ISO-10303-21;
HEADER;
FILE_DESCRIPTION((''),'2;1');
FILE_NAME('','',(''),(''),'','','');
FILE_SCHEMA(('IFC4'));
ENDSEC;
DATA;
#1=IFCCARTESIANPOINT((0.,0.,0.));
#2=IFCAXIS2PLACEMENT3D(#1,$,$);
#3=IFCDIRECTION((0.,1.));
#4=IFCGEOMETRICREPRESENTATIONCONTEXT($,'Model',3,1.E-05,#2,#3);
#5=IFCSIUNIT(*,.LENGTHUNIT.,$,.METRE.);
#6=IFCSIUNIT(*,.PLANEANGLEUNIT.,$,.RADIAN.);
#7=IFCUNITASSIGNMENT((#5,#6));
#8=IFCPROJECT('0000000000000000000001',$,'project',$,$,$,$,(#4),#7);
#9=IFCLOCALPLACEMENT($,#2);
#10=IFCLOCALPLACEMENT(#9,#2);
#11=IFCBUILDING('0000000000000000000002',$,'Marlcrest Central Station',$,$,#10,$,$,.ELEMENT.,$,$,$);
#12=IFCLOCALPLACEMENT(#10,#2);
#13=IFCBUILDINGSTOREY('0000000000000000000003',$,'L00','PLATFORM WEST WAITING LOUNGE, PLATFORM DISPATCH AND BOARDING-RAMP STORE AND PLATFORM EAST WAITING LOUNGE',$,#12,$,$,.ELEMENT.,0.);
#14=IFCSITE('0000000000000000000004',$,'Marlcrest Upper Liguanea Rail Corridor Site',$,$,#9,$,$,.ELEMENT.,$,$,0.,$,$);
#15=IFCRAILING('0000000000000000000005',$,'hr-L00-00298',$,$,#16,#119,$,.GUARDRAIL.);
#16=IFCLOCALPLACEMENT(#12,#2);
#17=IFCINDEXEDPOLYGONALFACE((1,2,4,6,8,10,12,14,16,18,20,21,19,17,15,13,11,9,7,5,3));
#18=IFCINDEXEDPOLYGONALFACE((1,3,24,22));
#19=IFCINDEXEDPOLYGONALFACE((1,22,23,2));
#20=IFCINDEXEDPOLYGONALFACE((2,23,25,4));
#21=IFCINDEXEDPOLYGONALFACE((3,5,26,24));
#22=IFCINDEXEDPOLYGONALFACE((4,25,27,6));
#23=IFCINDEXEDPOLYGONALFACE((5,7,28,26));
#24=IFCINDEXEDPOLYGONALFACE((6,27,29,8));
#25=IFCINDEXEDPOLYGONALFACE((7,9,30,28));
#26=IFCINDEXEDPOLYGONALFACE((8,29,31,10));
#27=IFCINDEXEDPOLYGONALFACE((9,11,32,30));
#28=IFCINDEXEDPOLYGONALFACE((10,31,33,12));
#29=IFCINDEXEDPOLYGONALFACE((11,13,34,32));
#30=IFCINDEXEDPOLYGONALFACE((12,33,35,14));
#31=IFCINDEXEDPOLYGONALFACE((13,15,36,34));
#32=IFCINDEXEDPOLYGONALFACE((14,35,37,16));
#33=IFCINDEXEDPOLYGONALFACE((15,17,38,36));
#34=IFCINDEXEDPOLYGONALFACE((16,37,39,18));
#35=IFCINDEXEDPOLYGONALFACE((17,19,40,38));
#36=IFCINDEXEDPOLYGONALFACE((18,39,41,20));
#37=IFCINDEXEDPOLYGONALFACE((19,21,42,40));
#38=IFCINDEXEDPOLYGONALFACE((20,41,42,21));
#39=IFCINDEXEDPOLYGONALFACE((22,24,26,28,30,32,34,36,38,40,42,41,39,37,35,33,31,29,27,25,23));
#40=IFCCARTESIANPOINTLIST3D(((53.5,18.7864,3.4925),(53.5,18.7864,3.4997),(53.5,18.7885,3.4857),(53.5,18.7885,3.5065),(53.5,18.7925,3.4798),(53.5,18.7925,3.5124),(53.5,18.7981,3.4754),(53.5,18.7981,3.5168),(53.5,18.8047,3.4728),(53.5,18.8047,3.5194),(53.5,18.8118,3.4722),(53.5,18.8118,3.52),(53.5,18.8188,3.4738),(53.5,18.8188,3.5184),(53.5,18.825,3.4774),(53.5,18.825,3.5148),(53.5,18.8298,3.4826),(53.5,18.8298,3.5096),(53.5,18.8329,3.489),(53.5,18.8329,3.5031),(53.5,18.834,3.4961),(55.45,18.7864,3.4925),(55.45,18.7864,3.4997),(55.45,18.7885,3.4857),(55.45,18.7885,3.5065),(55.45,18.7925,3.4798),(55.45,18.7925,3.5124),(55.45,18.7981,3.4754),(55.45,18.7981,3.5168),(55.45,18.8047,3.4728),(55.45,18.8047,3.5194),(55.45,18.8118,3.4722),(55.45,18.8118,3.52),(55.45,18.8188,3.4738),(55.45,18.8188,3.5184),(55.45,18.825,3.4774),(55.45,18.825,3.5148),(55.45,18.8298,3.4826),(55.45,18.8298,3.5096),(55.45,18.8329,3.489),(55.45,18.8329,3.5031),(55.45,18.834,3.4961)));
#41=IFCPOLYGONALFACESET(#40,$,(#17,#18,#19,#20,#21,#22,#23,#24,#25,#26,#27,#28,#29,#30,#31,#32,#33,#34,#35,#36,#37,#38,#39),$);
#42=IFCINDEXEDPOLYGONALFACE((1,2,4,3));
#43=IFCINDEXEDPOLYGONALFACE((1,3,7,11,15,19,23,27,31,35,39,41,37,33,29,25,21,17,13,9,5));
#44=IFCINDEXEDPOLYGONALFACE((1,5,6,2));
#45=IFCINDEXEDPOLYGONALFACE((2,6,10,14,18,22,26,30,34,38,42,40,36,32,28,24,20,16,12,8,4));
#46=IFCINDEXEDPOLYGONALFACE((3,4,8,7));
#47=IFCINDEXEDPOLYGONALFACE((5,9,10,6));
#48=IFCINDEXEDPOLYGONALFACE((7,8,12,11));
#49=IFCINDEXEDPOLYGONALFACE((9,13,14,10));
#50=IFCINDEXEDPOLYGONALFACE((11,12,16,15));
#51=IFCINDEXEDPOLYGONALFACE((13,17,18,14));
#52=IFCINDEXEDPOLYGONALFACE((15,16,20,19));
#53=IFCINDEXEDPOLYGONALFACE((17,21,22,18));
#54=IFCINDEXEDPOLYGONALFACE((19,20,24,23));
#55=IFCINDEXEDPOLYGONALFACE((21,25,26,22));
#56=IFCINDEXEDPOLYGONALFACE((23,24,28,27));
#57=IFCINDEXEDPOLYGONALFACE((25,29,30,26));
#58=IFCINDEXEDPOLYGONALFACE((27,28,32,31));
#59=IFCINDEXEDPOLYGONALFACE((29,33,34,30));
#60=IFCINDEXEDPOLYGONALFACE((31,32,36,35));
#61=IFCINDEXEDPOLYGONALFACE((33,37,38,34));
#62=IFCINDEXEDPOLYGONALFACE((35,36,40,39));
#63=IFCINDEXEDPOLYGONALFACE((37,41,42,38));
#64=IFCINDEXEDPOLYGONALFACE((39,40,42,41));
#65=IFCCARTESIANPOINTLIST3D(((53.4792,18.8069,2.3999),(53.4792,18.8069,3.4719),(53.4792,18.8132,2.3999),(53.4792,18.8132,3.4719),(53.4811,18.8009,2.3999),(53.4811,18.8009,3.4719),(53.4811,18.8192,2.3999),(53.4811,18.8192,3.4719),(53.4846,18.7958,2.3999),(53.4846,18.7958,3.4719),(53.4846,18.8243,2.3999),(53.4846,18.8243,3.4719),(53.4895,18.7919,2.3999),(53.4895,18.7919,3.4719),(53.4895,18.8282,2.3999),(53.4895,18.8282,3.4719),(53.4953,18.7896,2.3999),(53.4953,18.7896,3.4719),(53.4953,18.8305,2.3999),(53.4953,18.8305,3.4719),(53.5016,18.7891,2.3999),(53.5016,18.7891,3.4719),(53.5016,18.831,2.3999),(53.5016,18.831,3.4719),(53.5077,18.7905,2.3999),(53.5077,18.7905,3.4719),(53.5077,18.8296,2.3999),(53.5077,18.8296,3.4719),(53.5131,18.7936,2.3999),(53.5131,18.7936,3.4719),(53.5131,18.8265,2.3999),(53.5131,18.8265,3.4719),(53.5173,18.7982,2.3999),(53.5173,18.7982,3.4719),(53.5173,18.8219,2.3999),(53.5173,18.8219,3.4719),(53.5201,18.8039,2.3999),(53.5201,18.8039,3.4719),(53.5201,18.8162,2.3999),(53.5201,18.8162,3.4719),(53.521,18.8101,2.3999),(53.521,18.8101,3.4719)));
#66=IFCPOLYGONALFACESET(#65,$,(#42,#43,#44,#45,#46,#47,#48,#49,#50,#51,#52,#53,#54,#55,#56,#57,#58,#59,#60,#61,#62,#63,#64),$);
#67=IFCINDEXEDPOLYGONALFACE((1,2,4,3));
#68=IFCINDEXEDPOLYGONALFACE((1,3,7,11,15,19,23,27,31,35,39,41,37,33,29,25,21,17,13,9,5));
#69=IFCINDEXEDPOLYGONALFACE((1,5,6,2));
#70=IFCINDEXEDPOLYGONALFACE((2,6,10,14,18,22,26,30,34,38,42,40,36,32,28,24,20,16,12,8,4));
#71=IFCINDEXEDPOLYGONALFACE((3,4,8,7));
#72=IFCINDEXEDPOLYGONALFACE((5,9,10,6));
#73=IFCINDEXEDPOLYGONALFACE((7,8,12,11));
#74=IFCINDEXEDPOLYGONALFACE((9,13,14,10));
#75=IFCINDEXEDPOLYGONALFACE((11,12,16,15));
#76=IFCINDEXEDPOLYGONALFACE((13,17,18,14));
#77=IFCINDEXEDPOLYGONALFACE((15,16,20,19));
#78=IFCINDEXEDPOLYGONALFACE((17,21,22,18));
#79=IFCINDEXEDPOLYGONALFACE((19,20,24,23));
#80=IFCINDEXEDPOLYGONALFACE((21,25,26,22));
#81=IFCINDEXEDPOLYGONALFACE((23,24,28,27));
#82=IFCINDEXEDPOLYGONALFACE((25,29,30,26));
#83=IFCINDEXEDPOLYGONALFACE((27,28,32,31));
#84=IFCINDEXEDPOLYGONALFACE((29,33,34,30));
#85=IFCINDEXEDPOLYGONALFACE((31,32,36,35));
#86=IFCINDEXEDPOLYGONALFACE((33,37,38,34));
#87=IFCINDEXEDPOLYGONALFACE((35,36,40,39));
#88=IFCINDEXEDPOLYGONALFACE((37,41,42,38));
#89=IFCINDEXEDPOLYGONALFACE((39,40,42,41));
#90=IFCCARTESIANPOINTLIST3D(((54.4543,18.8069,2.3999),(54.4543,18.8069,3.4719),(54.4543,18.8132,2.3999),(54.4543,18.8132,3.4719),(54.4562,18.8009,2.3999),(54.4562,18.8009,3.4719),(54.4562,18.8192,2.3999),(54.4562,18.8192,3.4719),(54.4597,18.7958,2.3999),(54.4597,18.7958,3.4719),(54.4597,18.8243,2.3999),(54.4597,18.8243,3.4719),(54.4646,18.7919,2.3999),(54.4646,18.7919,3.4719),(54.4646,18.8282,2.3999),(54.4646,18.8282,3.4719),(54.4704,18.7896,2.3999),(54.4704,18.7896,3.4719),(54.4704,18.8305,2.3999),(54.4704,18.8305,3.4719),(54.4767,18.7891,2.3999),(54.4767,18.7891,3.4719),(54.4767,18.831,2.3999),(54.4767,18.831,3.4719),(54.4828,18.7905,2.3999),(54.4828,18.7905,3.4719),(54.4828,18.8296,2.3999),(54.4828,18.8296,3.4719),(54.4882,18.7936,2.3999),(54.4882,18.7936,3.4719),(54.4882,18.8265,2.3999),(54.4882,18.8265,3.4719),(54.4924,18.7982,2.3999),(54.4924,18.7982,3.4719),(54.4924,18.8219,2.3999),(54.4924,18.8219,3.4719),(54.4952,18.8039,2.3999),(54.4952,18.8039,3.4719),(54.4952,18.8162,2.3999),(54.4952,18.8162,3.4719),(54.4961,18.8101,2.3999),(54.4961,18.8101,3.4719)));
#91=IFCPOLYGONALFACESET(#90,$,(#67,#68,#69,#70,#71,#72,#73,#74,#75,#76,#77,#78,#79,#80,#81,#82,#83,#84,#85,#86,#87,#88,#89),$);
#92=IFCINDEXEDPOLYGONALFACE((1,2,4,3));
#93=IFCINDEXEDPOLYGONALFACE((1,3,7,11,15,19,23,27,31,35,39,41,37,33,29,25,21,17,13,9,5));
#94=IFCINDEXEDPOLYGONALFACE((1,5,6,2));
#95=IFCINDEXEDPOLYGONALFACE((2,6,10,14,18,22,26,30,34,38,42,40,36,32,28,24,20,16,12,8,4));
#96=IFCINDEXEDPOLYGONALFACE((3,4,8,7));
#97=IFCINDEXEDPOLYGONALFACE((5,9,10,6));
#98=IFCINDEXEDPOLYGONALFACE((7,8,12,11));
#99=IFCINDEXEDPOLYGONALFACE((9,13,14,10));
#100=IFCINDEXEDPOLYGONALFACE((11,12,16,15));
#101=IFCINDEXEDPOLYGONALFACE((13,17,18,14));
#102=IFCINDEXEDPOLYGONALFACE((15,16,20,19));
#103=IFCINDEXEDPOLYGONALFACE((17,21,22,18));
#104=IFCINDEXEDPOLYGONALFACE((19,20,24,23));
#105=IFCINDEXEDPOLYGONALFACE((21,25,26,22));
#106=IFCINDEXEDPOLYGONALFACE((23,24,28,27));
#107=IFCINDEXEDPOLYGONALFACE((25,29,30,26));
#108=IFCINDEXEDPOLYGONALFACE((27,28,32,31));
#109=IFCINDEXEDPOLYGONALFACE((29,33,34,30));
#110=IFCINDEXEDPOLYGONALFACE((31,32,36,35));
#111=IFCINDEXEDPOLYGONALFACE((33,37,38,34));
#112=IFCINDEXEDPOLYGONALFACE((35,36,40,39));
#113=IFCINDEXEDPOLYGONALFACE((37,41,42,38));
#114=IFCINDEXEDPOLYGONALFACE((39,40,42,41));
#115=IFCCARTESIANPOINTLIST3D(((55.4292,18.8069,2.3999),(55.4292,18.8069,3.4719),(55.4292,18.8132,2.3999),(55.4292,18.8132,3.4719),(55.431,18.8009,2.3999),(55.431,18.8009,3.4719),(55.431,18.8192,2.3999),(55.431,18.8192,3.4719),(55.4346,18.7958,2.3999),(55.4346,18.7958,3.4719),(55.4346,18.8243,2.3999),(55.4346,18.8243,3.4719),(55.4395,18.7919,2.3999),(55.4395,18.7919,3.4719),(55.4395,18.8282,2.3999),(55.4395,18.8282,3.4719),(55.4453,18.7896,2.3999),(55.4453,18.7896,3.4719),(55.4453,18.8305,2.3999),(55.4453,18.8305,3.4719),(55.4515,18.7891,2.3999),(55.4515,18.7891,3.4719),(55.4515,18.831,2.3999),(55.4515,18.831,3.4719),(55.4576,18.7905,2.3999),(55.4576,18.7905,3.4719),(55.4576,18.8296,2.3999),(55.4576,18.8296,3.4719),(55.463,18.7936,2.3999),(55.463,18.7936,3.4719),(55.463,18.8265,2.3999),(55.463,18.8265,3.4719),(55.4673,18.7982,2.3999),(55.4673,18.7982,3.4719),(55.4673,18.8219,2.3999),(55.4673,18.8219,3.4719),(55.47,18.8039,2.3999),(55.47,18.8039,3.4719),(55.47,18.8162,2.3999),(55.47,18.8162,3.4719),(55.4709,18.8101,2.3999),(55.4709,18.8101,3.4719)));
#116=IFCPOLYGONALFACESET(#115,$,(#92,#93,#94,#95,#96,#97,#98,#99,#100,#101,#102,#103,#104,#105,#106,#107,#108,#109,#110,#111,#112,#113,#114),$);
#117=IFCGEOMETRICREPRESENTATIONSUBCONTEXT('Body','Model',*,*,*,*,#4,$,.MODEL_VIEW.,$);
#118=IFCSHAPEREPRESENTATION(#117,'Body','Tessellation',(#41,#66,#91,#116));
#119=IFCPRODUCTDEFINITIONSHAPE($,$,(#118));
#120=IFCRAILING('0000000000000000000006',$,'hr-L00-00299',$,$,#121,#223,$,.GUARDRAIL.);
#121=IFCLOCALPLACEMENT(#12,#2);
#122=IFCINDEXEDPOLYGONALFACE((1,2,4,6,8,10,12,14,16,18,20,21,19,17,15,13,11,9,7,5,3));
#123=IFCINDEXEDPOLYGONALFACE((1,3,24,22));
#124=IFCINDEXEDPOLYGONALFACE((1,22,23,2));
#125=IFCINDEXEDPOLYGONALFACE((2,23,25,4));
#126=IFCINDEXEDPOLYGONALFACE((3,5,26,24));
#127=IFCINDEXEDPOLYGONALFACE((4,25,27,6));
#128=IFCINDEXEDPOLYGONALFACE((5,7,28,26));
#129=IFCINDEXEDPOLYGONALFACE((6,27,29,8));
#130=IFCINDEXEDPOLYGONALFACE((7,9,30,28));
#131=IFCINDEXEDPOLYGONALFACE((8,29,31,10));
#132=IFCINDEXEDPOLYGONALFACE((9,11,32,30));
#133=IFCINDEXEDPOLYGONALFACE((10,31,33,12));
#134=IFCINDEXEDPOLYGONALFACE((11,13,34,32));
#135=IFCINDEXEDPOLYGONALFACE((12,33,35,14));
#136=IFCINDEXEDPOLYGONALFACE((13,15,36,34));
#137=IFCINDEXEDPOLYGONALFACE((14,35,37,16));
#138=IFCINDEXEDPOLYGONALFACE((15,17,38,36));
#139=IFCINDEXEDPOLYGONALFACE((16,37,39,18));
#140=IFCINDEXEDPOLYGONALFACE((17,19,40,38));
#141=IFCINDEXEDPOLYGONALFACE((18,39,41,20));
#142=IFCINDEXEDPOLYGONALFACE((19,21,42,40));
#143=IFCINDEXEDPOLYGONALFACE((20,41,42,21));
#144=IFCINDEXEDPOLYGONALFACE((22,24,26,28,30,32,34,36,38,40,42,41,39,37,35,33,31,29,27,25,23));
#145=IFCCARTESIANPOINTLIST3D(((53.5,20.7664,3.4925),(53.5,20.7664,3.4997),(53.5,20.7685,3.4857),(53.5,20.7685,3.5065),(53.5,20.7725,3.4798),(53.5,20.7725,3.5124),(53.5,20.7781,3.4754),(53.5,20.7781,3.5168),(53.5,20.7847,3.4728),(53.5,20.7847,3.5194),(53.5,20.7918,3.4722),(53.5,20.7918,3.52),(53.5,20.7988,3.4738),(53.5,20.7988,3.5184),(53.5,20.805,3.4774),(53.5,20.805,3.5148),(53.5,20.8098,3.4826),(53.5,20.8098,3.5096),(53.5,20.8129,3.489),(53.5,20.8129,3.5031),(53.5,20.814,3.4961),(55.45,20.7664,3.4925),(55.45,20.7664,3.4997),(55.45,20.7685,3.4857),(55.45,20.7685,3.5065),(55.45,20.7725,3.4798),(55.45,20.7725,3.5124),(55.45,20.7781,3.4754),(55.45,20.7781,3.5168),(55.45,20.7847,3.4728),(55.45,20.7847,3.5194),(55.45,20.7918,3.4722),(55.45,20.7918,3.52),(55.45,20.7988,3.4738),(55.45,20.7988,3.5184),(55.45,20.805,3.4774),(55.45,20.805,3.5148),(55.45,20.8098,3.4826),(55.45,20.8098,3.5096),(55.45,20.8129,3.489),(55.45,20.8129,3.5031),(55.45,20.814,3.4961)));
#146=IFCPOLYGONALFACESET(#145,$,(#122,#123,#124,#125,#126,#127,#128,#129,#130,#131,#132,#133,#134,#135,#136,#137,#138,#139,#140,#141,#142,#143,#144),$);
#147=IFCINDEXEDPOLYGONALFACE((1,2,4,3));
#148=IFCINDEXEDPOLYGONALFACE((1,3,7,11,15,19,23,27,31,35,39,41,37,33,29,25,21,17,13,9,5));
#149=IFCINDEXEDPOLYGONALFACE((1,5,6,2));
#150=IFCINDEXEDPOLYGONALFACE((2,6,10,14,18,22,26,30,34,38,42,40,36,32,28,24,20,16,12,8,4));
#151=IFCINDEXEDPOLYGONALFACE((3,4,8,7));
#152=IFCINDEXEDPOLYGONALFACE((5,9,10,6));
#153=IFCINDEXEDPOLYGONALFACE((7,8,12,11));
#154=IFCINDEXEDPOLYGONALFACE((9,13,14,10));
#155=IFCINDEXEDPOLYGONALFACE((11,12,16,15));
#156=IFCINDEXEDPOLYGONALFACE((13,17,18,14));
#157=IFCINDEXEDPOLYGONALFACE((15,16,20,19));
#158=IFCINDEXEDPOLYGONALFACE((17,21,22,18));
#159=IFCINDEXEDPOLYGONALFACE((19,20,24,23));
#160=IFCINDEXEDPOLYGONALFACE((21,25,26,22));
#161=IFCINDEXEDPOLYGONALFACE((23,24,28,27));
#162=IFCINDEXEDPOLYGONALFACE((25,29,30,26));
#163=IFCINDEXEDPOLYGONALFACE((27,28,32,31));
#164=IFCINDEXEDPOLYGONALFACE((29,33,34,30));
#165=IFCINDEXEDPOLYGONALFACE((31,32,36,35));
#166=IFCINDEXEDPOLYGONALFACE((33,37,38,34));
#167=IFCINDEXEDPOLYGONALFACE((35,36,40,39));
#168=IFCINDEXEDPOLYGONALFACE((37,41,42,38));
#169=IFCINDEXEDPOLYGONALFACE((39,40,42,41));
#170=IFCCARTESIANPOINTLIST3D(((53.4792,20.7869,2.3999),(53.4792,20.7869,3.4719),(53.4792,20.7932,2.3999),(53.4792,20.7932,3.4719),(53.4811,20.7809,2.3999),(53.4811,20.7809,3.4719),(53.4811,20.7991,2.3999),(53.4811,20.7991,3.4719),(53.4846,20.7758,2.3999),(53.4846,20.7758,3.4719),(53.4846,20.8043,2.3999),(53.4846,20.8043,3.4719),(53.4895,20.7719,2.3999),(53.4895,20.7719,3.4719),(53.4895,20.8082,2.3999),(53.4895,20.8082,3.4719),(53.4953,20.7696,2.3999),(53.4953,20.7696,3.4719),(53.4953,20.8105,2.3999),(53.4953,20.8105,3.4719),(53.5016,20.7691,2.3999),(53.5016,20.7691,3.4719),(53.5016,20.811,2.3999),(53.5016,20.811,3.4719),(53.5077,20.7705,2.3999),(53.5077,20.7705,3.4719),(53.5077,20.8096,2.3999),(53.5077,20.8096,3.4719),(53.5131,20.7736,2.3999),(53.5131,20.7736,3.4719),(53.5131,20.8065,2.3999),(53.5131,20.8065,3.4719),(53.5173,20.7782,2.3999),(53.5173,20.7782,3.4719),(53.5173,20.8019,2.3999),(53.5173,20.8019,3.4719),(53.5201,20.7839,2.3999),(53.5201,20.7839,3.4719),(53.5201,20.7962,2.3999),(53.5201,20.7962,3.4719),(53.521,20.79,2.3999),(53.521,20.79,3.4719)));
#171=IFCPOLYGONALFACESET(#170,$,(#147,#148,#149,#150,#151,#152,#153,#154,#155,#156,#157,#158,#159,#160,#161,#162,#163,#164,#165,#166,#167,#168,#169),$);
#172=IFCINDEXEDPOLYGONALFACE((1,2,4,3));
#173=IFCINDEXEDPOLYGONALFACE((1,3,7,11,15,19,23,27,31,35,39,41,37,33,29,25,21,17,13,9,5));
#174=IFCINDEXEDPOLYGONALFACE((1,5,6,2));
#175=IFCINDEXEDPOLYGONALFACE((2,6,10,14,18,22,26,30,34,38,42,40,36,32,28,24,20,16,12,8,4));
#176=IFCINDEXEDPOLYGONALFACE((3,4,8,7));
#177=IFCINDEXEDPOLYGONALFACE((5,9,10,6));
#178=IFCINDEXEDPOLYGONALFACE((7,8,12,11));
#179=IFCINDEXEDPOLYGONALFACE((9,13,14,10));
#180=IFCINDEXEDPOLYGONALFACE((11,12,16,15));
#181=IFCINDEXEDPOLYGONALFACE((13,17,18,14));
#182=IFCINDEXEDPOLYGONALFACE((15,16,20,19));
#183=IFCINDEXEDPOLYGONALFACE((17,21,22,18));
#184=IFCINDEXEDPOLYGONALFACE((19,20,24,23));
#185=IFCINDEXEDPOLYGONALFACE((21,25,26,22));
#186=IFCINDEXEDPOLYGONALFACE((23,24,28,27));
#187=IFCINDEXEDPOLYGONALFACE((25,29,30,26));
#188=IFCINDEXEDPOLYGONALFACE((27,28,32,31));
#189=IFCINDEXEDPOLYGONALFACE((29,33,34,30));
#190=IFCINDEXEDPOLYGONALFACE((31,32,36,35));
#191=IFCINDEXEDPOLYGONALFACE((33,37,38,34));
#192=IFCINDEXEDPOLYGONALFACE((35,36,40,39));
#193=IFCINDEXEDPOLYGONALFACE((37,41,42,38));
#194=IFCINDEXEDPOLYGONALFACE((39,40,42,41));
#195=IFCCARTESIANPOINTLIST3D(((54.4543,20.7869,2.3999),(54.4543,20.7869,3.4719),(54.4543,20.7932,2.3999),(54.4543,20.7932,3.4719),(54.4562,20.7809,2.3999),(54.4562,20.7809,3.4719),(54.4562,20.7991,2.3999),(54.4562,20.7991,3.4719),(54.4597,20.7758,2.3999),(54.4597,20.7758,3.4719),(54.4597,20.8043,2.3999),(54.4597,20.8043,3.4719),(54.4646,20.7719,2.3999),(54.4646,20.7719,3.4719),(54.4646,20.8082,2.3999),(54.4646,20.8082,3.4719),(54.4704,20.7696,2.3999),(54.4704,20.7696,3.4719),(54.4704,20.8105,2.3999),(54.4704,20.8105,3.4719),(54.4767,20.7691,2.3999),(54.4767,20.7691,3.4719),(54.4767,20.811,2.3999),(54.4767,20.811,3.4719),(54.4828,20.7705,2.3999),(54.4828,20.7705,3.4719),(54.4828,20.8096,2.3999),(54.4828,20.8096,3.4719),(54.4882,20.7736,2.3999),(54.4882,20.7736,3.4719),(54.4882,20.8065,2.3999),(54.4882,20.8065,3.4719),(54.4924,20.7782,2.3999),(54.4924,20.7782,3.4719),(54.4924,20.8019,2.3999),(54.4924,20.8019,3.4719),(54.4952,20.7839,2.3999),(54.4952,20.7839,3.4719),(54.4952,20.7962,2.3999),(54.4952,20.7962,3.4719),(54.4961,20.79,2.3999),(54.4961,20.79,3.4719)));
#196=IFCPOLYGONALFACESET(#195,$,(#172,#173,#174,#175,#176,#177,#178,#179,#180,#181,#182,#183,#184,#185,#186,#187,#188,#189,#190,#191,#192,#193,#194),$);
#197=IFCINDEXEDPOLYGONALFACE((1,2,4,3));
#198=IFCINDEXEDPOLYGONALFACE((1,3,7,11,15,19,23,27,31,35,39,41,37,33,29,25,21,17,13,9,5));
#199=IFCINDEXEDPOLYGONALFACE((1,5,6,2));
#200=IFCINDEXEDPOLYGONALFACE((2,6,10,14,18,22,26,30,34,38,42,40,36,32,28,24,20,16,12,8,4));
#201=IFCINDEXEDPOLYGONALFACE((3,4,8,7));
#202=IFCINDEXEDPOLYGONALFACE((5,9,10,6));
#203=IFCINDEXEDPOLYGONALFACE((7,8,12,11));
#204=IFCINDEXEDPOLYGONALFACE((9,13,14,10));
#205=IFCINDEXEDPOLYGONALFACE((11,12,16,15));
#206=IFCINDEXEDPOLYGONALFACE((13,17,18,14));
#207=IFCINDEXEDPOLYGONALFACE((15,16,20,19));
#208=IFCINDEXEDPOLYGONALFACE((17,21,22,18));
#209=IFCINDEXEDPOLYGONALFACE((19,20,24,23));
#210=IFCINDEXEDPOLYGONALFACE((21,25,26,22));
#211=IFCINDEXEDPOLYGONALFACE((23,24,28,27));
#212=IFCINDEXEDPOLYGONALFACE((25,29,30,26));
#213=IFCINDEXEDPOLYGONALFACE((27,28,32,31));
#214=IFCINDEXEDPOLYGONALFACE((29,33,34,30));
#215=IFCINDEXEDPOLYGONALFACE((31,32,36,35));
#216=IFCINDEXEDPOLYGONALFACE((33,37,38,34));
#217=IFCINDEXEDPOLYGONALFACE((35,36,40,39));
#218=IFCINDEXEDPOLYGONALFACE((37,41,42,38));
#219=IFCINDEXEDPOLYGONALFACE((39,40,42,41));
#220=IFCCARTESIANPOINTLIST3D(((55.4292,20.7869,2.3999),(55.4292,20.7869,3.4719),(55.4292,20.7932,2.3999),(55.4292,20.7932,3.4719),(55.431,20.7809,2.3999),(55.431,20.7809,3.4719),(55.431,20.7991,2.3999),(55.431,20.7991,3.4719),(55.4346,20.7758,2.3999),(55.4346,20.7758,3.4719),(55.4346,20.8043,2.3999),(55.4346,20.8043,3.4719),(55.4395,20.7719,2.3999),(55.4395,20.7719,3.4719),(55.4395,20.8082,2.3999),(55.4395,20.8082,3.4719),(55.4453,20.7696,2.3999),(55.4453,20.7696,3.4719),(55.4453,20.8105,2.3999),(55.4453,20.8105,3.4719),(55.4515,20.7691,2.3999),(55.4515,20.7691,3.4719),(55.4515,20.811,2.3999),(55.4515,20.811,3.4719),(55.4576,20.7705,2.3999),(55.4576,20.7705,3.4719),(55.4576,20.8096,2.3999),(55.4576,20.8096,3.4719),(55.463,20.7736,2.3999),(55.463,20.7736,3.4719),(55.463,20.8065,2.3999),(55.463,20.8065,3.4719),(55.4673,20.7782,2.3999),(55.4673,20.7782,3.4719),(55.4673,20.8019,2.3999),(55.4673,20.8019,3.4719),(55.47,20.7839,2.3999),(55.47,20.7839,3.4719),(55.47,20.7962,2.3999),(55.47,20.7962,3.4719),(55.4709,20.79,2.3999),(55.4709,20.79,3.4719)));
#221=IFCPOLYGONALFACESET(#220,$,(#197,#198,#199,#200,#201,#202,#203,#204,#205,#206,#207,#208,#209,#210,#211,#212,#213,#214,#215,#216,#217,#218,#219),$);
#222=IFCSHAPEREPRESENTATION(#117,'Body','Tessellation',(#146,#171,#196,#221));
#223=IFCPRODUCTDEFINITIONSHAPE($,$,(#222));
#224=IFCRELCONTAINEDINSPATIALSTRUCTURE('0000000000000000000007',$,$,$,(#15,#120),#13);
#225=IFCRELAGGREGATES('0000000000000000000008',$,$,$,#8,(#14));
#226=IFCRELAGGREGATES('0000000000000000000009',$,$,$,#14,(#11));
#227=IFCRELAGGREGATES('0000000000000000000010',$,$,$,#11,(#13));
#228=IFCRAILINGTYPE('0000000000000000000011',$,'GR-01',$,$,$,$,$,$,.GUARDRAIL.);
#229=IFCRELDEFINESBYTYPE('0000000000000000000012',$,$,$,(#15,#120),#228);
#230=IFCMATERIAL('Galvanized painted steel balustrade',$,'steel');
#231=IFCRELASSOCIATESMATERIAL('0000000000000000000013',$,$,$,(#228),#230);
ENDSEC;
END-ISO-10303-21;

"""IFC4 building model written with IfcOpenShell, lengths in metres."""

from ifc_helpers import new_model, si_unit, direction, frame, origin, origin_2d, place, context, subcontext, project, spatial, circle, extrude, material, type_object, element, save


model = new_model("IFC4")

# Units and contexts
model_context = context("Model", 3, precision=1e-05, world=origin(), true_north=direction((0.0, 1.0)))
body_context = subcontext(model_context, "Body", "Model", "MODEL_VIEW")
ifc_project = project(units=[si_unit("LENGTHUNIT", "METRE"), si_unit("PLANEANGLEUNIT", "RADIAN")], contexts=[model_context])

# Site, building, storey
site_placement = place(None, origin())
site = spatial("IfcSite", under=ifc_project, at=site_placement, Name="Marlcrest Upper Liguanea Rail Corridor Site", CompositionType="ELEMENT", RefElevation=0.0)
building_placement = place(site_placement, origin())
building = spatial("IfcBuilding", under=site, at=building_placement, Name="Marlcrest Central Station", CompositionType="ELEMENT")
storey_placement = place(building_placement, origin())
storey = spatial("IfcBuildingStorey", under=building, at=storey_placement, Name="L00", Description="PLATFORM WEST WAITING LOUNGE, PLATFORM DISPATCH AND BOARDING-RAMP STORE AND PLATFORM EAST WAITING LOUNGE", CompositionType="ELEMENT", Elevation=0.0)

# Railings
ifc_material_1 = material(Name="Galvanized painted steel balustrade", Category="steel")
railing_type_1 = type_object("IfcRailingType", Name="GR-01", PredefinedType="GUARDRAIL", material=ifc_material_1)
for number, where, name in (
    (1, (53.5, 18.8101, 2.3999), "hr-L00-00298"),
    (2, (53.5, 20.79, 2.3999), "hr-L00-00299"),
):
    element("IfcRailing", number, at=place(storey_placement, frame(where)), inside=storey, type_object=railing_type_1, Name=name, PredefinedType="GUARDRAIL", context=body_context, shape_type="SweptSolid", body=[
        extrude(circle(Radius=0.0239, at=origin_2d()), frame((0.0, 0.0, 1.0962), z_axis=(1.0, 0.0, 0.0), x_axis=(0.0, 1.0, 0.0)), (0.0, 0.0, 1.0), 1.95),
        extrude(circle(Radius=0.021, at=origin_2d()), origin(), (0.0, 0.0, 1.0), 1.072),
        extrude(circle(Radius=0.021, at=origin_2d()), frame((0.9751, 0.0, 0.0)), (0.0, 0.0, 1.0), 1.072),
        extrude(circle(Radius=0.021, at=origin_2d()), frame((1.95, 0.0, 0.0)), (0.0, 0.0, 1.0), 1.072),
    ])

save(model, "model.ifc")
